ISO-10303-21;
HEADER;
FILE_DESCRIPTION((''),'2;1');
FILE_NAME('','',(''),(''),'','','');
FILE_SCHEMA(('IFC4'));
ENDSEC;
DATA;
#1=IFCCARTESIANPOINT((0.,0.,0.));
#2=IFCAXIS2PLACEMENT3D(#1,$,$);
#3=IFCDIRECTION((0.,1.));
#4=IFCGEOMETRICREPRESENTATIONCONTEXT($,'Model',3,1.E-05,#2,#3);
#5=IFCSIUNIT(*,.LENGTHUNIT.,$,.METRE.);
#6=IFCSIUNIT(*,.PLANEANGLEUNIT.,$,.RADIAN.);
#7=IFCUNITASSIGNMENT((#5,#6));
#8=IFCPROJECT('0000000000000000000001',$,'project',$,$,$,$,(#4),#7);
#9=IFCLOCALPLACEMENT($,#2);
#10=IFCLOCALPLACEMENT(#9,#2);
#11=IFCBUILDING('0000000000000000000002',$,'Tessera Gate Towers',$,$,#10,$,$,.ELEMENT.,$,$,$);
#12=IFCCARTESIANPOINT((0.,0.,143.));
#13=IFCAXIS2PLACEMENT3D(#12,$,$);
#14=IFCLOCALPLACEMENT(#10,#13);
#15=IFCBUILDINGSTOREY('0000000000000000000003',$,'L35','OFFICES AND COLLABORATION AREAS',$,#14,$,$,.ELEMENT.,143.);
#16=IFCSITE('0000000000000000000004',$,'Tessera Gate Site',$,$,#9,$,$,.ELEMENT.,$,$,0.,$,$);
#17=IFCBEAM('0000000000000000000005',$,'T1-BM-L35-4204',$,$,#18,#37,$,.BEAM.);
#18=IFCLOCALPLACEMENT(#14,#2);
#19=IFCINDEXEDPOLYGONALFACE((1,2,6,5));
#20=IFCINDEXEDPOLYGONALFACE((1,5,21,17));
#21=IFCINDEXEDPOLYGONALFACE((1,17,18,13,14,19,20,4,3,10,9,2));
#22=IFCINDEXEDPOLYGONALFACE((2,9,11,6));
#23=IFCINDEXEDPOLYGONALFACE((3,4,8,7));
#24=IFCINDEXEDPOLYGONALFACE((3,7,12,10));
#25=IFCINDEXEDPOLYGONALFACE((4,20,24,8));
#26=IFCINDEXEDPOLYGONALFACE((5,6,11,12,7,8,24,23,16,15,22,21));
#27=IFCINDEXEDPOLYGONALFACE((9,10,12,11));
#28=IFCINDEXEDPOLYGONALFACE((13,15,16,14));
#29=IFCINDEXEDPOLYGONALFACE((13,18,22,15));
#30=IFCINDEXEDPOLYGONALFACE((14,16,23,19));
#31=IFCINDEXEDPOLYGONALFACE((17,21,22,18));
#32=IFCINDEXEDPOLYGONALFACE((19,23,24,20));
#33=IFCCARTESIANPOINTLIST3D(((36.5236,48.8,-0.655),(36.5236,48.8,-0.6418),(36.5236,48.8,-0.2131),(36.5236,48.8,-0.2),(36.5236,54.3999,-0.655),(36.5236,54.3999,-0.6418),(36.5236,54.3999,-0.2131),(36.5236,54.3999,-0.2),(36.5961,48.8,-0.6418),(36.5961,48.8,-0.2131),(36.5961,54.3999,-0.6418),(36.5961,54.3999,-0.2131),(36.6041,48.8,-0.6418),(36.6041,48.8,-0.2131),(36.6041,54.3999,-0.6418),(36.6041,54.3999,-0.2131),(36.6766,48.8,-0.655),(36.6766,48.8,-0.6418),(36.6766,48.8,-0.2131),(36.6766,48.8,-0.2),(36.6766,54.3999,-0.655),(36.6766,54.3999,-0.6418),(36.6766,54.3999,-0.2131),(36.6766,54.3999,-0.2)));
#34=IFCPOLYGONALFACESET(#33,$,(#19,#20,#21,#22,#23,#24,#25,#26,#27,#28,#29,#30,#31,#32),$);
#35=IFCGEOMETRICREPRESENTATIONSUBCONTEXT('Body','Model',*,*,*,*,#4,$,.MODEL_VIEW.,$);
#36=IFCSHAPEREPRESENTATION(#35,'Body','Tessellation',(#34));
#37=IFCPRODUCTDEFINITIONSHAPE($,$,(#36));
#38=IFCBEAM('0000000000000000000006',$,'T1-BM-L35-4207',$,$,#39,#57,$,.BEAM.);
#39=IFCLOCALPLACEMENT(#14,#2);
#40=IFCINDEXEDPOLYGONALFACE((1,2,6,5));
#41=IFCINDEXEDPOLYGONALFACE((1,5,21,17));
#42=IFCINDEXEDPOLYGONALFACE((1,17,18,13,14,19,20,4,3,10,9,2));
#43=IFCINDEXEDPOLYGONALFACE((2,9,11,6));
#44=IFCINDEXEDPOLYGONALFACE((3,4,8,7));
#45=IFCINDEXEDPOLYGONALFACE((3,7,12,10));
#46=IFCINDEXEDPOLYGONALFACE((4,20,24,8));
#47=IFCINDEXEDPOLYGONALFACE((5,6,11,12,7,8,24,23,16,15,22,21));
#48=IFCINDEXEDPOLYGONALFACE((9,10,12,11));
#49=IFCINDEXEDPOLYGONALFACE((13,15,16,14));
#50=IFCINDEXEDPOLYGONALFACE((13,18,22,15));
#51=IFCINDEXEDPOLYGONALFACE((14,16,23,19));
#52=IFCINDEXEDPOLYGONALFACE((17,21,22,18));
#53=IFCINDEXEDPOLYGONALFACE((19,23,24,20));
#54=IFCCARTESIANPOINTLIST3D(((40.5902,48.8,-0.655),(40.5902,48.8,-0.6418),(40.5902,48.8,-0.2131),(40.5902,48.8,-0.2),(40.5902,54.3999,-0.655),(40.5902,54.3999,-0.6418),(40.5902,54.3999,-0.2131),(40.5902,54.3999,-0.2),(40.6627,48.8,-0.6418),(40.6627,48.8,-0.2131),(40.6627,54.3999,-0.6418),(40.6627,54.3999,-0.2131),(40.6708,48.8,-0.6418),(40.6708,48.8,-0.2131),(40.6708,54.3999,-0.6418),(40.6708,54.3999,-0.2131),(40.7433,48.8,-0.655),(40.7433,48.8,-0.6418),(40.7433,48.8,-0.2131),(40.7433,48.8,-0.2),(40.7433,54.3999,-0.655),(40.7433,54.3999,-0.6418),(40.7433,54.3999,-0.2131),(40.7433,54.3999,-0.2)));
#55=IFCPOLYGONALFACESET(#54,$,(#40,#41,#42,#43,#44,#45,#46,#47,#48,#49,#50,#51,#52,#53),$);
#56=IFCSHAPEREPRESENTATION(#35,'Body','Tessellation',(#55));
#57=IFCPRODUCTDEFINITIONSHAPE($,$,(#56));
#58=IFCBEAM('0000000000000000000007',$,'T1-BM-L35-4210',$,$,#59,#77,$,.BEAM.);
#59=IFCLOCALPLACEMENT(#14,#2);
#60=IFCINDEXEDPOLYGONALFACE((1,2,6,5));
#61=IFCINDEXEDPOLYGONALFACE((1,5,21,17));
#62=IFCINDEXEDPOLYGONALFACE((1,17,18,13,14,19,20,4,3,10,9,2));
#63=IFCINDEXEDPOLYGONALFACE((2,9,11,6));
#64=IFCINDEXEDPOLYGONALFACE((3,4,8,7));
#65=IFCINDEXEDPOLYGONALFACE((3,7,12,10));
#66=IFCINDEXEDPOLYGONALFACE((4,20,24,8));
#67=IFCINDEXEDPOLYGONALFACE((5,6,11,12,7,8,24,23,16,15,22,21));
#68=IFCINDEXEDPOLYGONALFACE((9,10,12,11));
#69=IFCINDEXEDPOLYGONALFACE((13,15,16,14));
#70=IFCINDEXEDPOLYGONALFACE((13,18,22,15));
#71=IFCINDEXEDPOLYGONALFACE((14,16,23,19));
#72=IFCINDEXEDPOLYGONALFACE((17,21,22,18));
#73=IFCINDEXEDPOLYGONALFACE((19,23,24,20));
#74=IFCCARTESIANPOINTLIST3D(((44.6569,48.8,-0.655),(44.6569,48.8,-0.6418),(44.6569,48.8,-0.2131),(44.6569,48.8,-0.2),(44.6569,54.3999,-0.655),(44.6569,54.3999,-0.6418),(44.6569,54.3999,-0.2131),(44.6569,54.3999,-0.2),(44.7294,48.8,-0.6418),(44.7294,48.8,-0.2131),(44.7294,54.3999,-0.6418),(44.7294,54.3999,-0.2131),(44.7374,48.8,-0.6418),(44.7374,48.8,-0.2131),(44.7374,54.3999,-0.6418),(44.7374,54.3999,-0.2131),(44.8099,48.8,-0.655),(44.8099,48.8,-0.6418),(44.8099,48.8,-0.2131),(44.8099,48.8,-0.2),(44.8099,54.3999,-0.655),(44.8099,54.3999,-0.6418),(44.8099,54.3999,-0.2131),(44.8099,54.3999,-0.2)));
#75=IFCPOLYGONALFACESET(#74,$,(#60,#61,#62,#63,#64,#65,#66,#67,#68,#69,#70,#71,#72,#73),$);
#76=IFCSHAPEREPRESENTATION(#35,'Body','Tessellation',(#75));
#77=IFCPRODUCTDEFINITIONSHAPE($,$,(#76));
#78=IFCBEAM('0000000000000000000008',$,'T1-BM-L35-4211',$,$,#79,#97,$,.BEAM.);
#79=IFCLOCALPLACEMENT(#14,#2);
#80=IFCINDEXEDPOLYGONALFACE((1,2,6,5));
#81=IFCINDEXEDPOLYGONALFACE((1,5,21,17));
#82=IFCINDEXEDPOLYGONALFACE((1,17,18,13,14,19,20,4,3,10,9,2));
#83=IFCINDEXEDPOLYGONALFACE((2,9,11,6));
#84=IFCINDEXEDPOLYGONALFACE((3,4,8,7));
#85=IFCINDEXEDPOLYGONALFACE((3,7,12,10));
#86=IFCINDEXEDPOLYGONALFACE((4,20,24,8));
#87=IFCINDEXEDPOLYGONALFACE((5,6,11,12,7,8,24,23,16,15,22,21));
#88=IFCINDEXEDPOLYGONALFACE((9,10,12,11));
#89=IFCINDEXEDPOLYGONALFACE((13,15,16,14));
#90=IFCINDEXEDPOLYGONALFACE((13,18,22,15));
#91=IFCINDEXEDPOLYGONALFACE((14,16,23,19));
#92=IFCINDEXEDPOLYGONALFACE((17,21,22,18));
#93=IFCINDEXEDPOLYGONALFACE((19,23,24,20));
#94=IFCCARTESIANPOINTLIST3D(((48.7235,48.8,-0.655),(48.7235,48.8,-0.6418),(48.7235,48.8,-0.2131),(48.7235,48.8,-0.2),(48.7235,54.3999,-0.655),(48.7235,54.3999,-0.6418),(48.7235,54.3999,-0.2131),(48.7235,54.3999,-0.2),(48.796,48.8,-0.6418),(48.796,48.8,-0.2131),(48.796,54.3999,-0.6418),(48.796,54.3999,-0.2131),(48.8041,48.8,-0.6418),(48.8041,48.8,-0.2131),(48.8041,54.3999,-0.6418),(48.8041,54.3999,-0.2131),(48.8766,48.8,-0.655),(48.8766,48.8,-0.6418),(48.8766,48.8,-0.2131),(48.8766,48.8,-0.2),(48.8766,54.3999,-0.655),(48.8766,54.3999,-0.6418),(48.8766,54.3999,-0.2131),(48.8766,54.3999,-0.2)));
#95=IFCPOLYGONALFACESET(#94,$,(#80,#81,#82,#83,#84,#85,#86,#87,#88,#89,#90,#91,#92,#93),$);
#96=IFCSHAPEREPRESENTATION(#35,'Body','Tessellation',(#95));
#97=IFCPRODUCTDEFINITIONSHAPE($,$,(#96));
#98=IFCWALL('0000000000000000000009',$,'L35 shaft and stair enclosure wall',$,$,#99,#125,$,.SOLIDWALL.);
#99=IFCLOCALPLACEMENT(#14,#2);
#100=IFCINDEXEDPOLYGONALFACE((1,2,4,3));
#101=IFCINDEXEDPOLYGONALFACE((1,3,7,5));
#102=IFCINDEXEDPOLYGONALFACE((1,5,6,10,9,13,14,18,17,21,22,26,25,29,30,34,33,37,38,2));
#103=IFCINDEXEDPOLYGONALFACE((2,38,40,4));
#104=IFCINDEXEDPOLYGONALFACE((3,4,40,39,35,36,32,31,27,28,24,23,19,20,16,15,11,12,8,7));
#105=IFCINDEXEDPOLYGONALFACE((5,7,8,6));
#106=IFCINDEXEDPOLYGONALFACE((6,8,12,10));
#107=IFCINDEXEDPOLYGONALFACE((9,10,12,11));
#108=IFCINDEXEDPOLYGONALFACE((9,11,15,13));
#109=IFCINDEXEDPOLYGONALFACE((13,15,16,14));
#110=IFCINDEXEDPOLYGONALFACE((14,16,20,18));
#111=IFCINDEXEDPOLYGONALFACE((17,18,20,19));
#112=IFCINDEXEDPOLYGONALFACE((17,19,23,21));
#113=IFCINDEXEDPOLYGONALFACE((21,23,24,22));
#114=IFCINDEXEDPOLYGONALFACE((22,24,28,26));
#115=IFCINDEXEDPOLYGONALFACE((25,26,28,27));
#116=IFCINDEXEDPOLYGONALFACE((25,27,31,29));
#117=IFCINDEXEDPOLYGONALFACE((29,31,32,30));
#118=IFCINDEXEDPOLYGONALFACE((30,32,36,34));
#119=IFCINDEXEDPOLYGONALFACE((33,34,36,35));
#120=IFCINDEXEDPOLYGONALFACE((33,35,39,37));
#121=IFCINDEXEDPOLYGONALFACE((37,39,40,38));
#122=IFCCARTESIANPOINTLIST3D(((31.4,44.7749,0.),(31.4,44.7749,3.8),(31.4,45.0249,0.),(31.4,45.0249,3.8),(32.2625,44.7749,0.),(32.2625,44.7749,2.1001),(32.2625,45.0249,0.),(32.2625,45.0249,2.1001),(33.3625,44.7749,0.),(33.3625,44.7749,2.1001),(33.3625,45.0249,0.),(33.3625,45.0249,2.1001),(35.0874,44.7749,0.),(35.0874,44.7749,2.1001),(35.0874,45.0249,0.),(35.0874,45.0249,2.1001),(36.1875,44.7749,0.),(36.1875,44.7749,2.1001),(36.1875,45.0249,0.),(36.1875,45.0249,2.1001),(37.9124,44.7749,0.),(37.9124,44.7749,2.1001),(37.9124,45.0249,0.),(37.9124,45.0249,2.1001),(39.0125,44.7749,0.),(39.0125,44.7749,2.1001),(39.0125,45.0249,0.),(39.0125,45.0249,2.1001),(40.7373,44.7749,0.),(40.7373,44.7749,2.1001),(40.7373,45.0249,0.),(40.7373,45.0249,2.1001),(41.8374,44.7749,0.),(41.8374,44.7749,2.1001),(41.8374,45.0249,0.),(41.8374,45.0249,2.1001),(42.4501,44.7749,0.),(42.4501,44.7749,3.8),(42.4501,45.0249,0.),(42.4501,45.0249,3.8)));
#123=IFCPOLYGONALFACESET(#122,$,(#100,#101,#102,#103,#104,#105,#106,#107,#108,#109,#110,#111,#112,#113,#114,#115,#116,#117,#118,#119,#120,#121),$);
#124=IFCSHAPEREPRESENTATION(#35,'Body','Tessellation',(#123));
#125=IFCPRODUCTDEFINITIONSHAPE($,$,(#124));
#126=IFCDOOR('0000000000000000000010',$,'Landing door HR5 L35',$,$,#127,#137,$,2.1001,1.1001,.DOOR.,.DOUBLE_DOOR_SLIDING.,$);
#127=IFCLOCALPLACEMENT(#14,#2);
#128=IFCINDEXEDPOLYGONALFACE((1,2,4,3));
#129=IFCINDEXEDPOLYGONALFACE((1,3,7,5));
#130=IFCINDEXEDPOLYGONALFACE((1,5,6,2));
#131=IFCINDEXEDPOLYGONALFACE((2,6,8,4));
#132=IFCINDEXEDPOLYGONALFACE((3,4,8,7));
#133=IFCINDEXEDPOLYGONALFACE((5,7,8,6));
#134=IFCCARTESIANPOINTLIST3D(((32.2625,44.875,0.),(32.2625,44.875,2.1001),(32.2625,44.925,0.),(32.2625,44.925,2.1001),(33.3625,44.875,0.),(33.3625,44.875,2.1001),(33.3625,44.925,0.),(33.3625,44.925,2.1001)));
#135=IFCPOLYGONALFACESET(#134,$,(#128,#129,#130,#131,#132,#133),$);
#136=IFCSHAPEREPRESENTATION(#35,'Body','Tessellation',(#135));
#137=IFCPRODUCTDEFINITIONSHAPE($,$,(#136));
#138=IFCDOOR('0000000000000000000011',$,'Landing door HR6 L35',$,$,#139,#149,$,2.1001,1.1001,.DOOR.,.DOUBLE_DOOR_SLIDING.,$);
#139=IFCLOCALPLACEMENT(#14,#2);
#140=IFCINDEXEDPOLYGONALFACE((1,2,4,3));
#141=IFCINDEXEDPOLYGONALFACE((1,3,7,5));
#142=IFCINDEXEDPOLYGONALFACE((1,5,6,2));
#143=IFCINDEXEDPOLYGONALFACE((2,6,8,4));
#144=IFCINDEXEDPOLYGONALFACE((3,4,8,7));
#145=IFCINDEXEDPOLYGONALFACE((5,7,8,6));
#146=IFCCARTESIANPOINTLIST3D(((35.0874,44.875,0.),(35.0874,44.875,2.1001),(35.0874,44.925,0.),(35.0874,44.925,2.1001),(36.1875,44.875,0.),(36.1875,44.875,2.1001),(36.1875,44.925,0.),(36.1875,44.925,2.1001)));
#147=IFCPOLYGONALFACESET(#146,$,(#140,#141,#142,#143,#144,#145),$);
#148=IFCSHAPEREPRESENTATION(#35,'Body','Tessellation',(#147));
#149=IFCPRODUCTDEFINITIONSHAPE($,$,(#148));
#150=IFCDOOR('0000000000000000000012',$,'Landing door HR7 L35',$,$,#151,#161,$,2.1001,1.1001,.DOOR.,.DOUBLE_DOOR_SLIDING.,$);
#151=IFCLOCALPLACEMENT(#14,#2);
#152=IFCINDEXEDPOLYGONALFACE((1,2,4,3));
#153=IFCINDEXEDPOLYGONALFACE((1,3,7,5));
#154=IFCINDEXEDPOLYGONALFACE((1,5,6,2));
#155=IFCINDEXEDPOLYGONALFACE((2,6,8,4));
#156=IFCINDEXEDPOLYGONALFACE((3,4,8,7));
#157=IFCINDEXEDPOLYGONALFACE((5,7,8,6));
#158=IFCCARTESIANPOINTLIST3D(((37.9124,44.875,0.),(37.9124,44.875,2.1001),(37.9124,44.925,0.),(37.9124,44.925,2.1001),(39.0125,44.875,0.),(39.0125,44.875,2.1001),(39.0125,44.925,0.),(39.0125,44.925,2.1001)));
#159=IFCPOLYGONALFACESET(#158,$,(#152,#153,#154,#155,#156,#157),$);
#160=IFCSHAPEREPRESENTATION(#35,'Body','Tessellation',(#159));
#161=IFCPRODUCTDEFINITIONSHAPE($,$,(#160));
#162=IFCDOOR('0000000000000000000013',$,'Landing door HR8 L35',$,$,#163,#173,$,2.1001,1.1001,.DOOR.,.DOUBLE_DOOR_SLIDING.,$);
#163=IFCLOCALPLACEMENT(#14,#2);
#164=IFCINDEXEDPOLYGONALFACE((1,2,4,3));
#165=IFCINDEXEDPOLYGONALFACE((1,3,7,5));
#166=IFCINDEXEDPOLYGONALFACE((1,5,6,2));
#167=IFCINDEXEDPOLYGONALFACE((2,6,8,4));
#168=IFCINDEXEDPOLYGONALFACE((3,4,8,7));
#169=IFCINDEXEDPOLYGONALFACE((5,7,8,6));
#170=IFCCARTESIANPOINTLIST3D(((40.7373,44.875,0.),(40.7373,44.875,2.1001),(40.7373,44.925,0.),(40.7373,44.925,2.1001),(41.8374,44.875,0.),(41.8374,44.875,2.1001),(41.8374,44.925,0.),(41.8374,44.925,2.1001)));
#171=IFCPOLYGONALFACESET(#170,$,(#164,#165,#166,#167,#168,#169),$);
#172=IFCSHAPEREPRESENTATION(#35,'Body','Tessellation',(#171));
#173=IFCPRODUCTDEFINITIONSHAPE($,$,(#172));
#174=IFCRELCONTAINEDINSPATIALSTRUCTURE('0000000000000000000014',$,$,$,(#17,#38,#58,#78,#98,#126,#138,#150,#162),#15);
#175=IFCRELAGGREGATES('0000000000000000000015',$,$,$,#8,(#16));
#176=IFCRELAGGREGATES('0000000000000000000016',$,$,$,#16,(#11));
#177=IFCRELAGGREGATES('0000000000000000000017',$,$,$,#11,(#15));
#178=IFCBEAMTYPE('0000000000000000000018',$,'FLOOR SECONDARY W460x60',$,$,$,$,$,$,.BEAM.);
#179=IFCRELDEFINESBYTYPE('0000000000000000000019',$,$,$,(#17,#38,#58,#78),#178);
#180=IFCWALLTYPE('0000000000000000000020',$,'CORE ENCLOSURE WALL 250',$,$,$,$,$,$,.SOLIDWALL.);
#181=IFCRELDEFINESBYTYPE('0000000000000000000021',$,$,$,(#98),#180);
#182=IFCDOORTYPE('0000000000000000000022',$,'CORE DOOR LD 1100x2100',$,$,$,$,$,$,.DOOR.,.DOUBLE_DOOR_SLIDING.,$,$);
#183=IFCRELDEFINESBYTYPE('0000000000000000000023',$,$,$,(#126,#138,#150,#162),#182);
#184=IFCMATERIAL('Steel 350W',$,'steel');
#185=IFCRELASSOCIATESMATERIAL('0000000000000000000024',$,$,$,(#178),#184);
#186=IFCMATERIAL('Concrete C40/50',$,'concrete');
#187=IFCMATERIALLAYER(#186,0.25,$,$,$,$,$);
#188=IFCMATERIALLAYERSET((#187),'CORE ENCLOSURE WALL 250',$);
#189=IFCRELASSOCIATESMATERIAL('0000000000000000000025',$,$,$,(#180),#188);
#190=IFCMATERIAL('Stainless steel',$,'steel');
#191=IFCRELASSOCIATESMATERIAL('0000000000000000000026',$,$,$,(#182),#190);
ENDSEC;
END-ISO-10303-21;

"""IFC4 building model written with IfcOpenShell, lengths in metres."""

from ifc_helpers import new_model, si_unit, direction, frame, frame_2d, origin, origin_2d, place, context, subcontext, project, spatial, rectangle, i_section, extrude, source, transform, mapped, material, layer, layer_set, material_profile, profile_set, type_object, element, fill, save


model = new_model("IFC4")

# Units and contexts
model_context = context("Model", 3, precision=1e-05, world=origin(), true_north=direction((0.0, 1.0)))
body_context = subcontext(model_context, "Body", "Model", "MODEL_VIEW")
ifc_project = project(units=[si_unit("LENGTHUNIT", "METRE"), si_unit("PLANEANGLEUNIT", "RADIAN")], contexts=[model_context])

# Site, building, storey
site_placement = place(None, origin())
site = spatial("IfcSite", under=ifc_project, at=site_placement, Name="Tessera Gate Site", CompositionType="ELEMENT", RefElevation=0.0)
building_placement = place(site_placement, origin())
building = spatial("IfcBuilding", under=site, at=building_placement, Name="Tessera Gate Towers", CompositionType="ELEMENT")
storey_placement = place(building_placement, frame((0.0, 0.0, 143.0)))
storey = spatial("IfcBuildingStorey", under=building, at=storey_placement, Name="L35", Description="OFFICES AND COLLABORATION AREAS", CompositionType="ELEMENT", Elevation=143.0)

# Beams
ifc_material_1 = material(Name="Steel 350W", Category="steel")
ifc_material_profile = material_profile(ifc_material_1, i_section(OverallWidth=0.1531, OverallDepth=0.4551, WebThickness=0.0081, FlangeThickness=0.0132, at=origin_2d()), Name="W460x60")
ifc_profile_set = profile_set([ifc_material_profile], Name="Steel 350W")
beam_type = type_object("IfcBeamType", Name="FLOOR SECONDARY W460x60", PredefinedType="BEAM", material=ifc_profile_set)
for number, where, z_axis, x_axis, name in (
    (1, (36.6001, 48.8, -0.4275), (0.0, 1.0, 0.0), (-1.0, 0.0, 0.0), "T1-BM-L35-4204"),
    (2, (40.6667, 48.8, -0.4275), (0.0, 1.0, 0.0), (-1.0, 0.0, 0.0), "T1-BM-L35-4207"),
    (3, (44.7334, 48.8, -0.4275), (0.0, 1.0, 0.0), (-1.0, 0.0, 0.0), "T1-BM-L35-4210"),
    (4, (48.8, 48.8, -0.4275), (0.0, 1.0, 0.0), (-1.0, 0.0, 0.0), "T1-BM-L35-4211"),
):
    element("IfcBeam", number, at=place(storey_placement, frame(where, z_axis=z_axis, x_axis=x_axis)), inside=storey, type_object=beam_type, Name=name, PredefinedType="BEAM", context=body_context, shape_type="SweptSolid", body=[
        extrude(i_section(OverallWidth=0.1531, OverallDepth=0.4551, WebThickness=0.0081, FlangeThickness=0.0132, at=origin_2d()), origin(), (0.0, 0.0, 1.0), 5.5999),
    ])

# Wall, openings, doors
ifc_material_2 = material(Name="Concrete C40/50", Category="concrete")
ifc_layer_1 = layer(ifc_material_2, 0.25)
ifc_layer_set_1 = layer_set([ifc_layer_1], Name="CORE ENCLOSURE WALL 250")
wall_type_1 = type_object("IfcWallType", Name="CORE ENCLOSURE WALL 250", PredefinedType="SOLIDWALL", material=ifc_layer_set_1)
wall_1_placement = place(storey_placement, frame((42.45, 44.8999, 0.0), z_axis=(0.0, 0.0, 1.0), x_axis=(-1.0, 0.0, 0.0)))
wall_1 = element("IfcWall", 5, at=wall_1_placement, inside=storey, type_object=wall_type_1, Name="L35 shaft and stair enclosure wall", PredefinedType="SOLIDWALL", context=body_context, shape_type="SweptSolid", body=[
    extrude(rectangle(XDim=11.05, YDim=0.25, at=frame_2d((5.5249, 0.0))), origin(), (0.0, 0.0, 1.0), 3.8),
])
shared_shape_1 = source(origin(), body_context, "Body", "SweptSolid", [
    extrude(rectangle(XDim=1.1001, YDim=2.1001, at=frame_2d((0.55, 1.05))), frame((0.0, 0.135, 0.0), z_axis=(0.0, -1.0, 0.0), x_axis=(1.0, 0.0, 0.0)), (0.0, 0.0, 1.0), 0.27),
])
opening_1_placement = place(wall_1_placement, frame((9.0874, 0.0, 0.0)))
opening_1 = element("IfcOpeningElement", 6, at=opening_1_placement, cuts=wall_1, PredefinedType="OPENING", context=body_context, shape_type="MappedRepresentation", body=[
    mapped(shared_shape_1, transform((0.0, 0.0, 0.0), scale=1.0)),
])
opening_2_placement = place(wall_1_placement, frame((6.2625, 0.0, 0.0)))
opening_2 = element("IfcOpeningElement", 7, at=opening_2_placement, cuts=wall_1, PredefinedType="OPENING", context=body_context, shape_type="MappedRepresentation", body=[
    mapped(shared_shape_1, transform((0.0, 0.0, 0.0), scale=1.0)),
])
opening_3_placement = place(wall_1_placement, frame((3.4375, 0.0, 0.0)))
opening_3 = element("IfcOpeningElement", 8, at=opening_3_placement, cuts=wall_1, PredefinedType="OPENING", context=body_context, shape_type="MappedRepresentation", body=[
    mapped(shared_shape_1, transform((0.0, 0.0, 0.0), scale=1.0)),
])
opening_4_placement = place(wall_1_placement, frame((0.6125, 0.0, 0.0)))
opening_4 = element("IfcOpeningElement", 9, at=opening_4_placement, cuts=wall_1, PredefinedType="OPENING", context=body_context, shape_type="MappedRepresentation", body=[
    mapped(shared_shape_1, transform((0.0, 0.0, 0.0), scale=1.0)),
])
ifc_material_3 = material(Name="Stainless steel", Category="steel")
door_type_1 = type_object("IfcDoorType", Name="CORE DOOR LD 1100x2100", OperationType="DOUBLE_DOOR_SLIDING", PredefinedType="DOOR", material=ifc_material_3)
shared_shape_2 = source(origin(), body_context, "Body", "SweptSolid", [
    extrude(rectangle(XDim=1.1001, YDim=2.1001, at=frame_2d((0.55, 1.05))), frame((0.0, 0.0249, 0.0), z_axis=(0.0, -1.0, 0.0), x_axis=(1.0, 0.0, 0.0)), (0.0, 0.0, 1.0), 0.05),
])
door_1_placement = place(opening_1_placement, origin())
door_1 = element("IfcDoor", 10, at=door_1_placement, inside=storey, type_object=door_type_1, Name="Landing door HR5 L35", OperationType="DOUBLE_DOOR_SLIDING", OverallHeight=2.1001, OverallWidth=1.1001, PredefinedType="DOOR", context=body_context, shape_type="MappedRepresentation", body=[
    mapped(shared_shape_2, transform((0.0, 0.0, 0.0), scale=1.0)),
])
fill(opening_1, door_1)
door_2_placement = place(opening_2_placement, origin())
door_2 = element("IfcDoor", 11, at=door_2_placement, inside=storey, type_object=door_type_1, Name="Landing door HR6 L35", OperationType="DOUBLE_DOOR_SLIDING", OverallHeight=2.1001, OverallWidth=1.1001, PredefinedType="DOOR", context=body_context, shape_type="MappedRepresentation", body=[
    mapped(shared_shape_2, transform((0.0, 0.0, 0.0), scale=1.0)),
])
fill(opening_2, door_2)
door_3_placement = place(opening_3_placement, origin())
door_3 = element("IfcDoor", 12, at=door_3_placement, inside=storey, type_object=door_type_1, Name="Landing door HR7 L35", OperationType="DOUBLE_DOOR_SLIDING", OverallHeight=2.1001, OverallWidth=1.1001, PredefinedType="DOOR", context=body_context, shape_type="MappedRepresentation", body=[
    mapped(shared_shape_2, transform((0.0, 0.0, 0.0), scale=1.0)),
])
fill(opening_3, door_3)
door_4_placement = place(opening_4_placement, origin())
door_4 = element("IfcDoor", 13, at=door_4_placement, inside=storey, type_object=door_type_1, Name="Landing door HR8 L35", OperationType="DOUBLE_DOOR_SLIDING", OverallHeight=2.1001, OverallWidth=1.1001, PredefinedType="DOOR", context=body_context, shape_type="MappedRepresentation", body=[
    mapped(shared_shape_2, transform((0.0, 0.0, 0.0), scale=1.0)),
])
fill(opening_4, door_4)

save(model, "model.ifc")
